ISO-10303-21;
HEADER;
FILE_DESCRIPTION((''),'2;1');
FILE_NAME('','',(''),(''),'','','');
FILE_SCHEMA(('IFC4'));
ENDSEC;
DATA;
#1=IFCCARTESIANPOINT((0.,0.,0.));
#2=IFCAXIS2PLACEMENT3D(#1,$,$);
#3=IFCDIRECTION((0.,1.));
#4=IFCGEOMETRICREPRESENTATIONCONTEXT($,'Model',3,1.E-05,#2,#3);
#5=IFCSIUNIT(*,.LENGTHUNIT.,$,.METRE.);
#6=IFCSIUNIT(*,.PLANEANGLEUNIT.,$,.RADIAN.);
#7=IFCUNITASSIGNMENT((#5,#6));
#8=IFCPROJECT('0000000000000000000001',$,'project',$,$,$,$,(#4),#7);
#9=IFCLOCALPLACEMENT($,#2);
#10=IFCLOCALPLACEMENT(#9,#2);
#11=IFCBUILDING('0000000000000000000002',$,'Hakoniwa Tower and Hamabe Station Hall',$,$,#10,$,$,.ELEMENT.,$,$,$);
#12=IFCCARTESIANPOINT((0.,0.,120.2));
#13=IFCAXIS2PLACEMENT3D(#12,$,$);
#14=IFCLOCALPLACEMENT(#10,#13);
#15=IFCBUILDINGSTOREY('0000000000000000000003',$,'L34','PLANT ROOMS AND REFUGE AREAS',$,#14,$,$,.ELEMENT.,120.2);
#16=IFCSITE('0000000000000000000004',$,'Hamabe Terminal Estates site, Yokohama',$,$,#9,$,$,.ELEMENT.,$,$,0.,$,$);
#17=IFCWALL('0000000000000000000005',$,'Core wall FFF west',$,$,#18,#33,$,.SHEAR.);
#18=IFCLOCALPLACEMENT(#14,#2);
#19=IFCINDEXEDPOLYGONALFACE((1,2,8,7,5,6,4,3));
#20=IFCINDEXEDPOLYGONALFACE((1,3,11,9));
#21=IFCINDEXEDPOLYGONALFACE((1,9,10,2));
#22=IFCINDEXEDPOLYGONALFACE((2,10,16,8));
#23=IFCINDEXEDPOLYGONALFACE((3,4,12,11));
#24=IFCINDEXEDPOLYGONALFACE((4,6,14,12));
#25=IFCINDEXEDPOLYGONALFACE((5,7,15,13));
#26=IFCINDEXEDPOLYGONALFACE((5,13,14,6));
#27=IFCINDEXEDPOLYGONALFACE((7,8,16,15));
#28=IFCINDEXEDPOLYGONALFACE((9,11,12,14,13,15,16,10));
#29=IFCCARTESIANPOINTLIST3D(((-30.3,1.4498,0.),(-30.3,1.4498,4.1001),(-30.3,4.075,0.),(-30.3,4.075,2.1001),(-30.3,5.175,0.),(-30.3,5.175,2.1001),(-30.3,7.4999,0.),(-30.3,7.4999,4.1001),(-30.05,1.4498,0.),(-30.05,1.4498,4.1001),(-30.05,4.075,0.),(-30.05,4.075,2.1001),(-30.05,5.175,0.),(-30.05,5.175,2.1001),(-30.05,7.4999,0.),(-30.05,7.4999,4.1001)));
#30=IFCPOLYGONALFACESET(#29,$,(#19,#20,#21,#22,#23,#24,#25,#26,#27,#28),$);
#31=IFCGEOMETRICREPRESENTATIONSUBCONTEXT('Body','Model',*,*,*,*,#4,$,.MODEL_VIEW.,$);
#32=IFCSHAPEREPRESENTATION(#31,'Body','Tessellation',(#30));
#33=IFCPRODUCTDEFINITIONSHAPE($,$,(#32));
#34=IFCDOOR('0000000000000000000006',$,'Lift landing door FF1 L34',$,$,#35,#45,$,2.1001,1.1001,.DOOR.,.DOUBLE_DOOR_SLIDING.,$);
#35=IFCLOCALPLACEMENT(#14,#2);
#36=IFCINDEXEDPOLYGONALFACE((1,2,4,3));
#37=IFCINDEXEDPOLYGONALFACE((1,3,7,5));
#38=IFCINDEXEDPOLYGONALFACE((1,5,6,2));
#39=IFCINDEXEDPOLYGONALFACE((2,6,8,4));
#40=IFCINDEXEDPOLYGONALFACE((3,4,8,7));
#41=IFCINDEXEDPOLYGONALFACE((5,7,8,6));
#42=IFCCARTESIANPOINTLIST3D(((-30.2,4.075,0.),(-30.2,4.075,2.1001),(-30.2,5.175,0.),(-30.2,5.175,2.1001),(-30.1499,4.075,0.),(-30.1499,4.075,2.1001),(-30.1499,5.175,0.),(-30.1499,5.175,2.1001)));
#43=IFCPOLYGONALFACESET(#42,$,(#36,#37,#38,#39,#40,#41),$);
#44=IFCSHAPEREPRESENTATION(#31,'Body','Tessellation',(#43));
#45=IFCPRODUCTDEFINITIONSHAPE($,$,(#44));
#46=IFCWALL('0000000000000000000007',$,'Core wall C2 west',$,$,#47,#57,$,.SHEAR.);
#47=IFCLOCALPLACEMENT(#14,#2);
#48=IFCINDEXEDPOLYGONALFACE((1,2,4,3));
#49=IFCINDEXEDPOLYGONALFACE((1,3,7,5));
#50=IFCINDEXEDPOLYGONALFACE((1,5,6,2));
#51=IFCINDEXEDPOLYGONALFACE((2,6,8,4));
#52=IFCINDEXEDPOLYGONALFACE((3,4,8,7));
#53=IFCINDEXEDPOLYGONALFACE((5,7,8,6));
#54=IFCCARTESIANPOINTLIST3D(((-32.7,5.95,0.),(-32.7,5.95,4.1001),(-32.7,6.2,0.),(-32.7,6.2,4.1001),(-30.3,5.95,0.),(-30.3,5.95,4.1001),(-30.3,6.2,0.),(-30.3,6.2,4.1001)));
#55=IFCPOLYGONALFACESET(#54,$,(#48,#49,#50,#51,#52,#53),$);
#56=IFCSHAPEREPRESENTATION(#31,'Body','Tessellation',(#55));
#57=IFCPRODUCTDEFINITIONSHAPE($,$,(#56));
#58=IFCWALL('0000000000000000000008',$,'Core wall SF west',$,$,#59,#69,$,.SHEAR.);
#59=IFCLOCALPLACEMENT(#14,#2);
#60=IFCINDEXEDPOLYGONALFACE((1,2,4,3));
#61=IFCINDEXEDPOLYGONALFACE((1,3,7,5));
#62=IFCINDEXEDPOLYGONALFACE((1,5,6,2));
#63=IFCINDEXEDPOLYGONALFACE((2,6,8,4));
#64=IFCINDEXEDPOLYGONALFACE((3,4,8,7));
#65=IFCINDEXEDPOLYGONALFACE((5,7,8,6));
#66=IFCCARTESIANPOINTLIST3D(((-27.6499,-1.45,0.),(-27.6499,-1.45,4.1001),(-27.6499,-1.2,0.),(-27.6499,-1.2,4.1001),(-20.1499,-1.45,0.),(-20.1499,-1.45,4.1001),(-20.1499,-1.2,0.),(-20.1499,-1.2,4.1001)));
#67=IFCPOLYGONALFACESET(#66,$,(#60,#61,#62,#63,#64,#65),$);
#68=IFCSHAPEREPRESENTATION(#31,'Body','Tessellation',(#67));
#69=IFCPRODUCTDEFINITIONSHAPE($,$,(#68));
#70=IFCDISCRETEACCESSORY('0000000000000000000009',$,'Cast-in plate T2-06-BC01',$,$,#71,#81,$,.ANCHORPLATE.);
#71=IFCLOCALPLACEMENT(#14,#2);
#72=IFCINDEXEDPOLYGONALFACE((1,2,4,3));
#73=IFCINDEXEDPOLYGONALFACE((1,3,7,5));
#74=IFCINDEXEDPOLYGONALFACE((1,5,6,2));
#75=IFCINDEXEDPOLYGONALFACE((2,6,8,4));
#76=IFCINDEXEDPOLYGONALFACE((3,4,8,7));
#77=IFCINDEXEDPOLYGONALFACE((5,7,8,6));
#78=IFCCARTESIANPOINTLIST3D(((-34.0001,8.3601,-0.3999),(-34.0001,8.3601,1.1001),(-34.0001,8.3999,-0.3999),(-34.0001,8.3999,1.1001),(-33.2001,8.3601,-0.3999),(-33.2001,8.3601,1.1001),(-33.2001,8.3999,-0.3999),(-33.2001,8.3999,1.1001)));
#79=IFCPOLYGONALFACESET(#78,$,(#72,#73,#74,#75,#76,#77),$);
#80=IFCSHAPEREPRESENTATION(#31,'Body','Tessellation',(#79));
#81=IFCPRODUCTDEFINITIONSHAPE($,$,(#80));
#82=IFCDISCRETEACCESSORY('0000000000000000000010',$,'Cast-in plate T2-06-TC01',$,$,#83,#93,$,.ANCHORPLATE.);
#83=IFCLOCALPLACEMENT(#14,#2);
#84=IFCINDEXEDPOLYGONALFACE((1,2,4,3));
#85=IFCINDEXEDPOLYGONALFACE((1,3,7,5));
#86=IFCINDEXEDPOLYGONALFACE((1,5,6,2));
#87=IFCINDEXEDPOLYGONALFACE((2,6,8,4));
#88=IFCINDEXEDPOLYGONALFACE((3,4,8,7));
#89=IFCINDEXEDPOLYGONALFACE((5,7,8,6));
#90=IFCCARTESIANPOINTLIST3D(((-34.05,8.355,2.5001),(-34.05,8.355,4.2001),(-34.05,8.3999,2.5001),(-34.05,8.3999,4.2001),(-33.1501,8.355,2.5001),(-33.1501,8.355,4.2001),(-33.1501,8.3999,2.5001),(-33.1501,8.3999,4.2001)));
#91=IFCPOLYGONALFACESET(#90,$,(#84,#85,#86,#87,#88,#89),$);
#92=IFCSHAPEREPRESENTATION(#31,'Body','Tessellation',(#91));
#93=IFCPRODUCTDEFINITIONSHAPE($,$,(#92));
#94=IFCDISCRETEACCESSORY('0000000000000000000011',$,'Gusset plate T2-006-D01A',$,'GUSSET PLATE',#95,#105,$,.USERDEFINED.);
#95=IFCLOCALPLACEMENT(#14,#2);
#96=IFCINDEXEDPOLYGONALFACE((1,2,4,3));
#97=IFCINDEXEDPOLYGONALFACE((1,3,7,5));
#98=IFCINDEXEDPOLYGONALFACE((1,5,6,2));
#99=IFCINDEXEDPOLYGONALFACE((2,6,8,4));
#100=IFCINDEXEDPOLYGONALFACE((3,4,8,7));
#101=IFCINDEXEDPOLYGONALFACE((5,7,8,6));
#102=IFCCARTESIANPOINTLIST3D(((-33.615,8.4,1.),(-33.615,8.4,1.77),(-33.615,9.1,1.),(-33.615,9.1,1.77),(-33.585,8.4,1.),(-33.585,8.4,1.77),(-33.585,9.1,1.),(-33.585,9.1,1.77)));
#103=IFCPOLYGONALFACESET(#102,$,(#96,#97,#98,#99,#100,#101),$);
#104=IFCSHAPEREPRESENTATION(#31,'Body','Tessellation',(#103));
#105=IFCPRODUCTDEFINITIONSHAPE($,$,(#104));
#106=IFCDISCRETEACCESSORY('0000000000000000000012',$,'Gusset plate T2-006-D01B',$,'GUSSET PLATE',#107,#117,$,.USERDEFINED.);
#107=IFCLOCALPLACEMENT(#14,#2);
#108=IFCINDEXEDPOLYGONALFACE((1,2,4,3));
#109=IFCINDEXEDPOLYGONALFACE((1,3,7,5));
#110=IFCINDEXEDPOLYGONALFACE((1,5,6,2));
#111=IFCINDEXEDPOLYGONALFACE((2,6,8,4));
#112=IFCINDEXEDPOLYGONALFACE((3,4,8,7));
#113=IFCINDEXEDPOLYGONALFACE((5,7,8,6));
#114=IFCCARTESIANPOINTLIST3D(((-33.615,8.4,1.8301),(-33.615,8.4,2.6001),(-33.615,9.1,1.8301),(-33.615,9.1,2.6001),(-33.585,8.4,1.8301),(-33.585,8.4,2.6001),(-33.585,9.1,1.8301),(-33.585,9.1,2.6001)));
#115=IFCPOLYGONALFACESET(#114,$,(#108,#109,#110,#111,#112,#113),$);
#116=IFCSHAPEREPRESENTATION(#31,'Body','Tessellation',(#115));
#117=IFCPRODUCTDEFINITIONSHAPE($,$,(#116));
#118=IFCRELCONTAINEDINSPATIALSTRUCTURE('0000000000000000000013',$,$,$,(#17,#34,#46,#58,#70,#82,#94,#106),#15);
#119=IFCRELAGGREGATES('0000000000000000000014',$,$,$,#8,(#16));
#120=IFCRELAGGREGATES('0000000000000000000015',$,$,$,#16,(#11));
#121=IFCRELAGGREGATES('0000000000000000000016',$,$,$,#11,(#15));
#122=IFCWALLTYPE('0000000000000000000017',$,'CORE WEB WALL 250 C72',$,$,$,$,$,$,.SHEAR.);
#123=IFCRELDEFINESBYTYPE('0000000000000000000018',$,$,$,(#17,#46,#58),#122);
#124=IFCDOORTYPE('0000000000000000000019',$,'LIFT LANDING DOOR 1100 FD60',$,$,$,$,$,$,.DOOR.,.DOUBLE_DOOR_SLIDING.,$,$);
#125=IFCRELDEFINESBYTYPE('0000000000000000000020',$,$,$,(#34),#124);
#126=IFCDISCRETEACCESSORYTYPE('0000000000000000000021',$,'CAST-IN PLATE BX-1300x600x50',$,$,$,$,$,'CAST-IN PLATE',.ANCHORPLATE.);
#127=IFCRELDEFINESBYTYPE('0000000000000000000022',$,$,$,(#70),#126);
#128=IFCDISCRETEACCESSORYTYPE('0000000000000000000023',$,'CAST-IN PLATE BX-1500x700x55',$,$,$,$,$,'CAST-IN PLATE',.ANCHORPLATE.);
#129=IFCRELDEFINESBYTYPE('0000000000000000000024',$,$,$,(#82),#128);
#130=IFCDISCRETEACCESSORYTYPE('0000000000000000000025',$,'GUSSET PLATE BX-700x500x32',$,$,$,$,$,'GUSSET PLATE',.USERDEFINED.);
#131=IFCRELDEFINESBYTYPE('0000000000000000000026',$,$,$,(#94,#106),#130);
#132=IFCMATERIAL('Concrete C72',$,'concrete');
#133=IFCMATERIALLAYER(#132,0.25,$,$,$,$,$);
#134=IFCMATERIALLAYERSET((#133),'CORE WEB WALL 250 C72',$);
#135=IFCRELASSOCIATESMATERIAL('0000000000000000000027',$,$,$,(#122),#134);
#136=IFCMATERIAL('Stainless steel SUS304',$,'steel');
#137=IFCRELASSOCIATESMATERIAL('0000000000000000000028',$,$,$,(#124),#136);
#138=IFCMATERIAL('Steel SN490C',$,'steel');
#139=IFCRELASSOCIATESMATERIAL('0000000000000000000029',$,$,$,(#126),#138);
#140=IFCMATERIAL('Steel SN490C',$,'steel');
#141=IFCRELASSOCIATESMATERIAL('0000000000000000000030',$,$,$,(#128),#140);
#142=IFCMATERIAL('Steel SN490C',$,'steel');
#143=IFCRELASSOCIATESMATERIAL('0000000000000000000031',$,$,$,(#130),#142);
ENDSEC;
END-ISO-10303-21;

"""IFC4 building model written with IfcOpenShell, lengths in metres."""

from ifc_helpers import new_model, si_unit, direction, frame, frame_2d, origin, origin_2d, place, context, subcontext, project, spatial, rectangle, extrude, material, layer, layer_set, material_profile, profile_set, type_object, element, fill, save


model = new_model("IFC4")

# Units and contexts
model_context = context("Model", 3, precision=1e-05, world=origin(), true_north=direction((0.0, 1.0)))
body_context = subcontext(model_context, "Body", "Model", "MODEL_VIEW")
ifc_project = project(units=[si_unit("LENGTHUNIT", "METRE"), si_unit("PLANEANGLEUNIT", "RADIAN")], contexts=[model_context])

# Site, building, storey
site_placement = place(None, origin())
site = spatial("IfcSite", under=ifc_project, at=site_placement, Name="Hamabe Terminal Estates site, Yokohama", CompositionType="ELEMENT", RefElevation=0.0)
building_placement = place(site_placement, origin())
building = spatial("IfcBuilding", under=site, at=building_placement, Name="Hakoniwa Tower and Hamabe Station Hall", CompositionType="ELEMENT")
storey_placement = place(building_placement, frame((0.0, 0.0, 120.2)))
storey = spatial("IfcBuildingStorey", under=building, at=storey_placement, Name="L34", Description="PLANT ROOMS AND REFUGE AREAS", CompositionType="ELEMENT", Elevation=120.2)

# Shared definitions
ifc_material_1 = material(Name="Concrete C72", Category="concrete")
ifc_layer_1 = layer(ifc_material_1, 0.25)
ifc_layer_set_1 = layer_set([ifc_layer_1], Name="CORE WEB WALL 250 C72")
wall_type_1 = type_object("IfcWallType", Name="CORE WEB WALL 250 C72", PredefinedType="SHEAR", material=ifc_layer_set_1)
ifc_material_2 = material(Name="Stainless steel SUS304", Category="steel")
door_type_1 = type_object("IfcDoorType", Name="LIFT LANDING DOOR 1100 FD60", OperationType="DOUBLE_DOOR_SLIDING", PredefinedType="DOOR", material=ifc_material_2)

# Wall, opening, door
wall_1_placement = place(storey_placement, frame((-30.175, 1.45, 0.0), z_axis=(0.0, 0.0, 1.0), x_axis=(0.0, 1.0, 0.0)))
wall_1 = element("IfcWall", 1, at=wall_1_placement, inside=storey, type_object=wall_type_1, Name="Core wall FFF west", PredefinedType="SHEAR", context=body_context, shape_type="SweptSolid", body=[
    extrude(rectangle(XDim=6.05, YDim=0.25, at=frame_2d((3.0249, 0.0))), origin(), (0.0, 0.0, 1.0), 4.1001),
])
opening_1_placement = place(wall_1_placement, frame((2.625, 0.0, 0.0)))
opening_1 = element("IfcOpeningElement", 2, at=opening_1_placement, cuts=wall_1, PredefinedType="OPENING", context=body_context, shape_type="SweptSolid", body=[
    extrude(rectangle(XDim=1.1001, YDim=2.1001, at=frame_2d((0.55, 1.05))), frame((0.0, 0.135, 0.0), z_axis=(0.0, -1.0, 0.0), x_axis=(1.0, 0.0, 0.0)), (0.0, 0.0, 1.0), 0.27),
])
door_1_placement = place(opening_1_placement, origin())
door_1 = element("IfcDoor", 3, at=door_1_placement, inside=storey, type_object=door_type_1, Name="Lift landing door FF1 L34", OperationType="DOUBLE_DOOR_SLIDING", OverallHeight=2.1001, OverallWidth=1.1001, PredefinedType="DOOR", context=body_context, shape_type="SweptSolid", body=[
    extrude(rectangle(XDim=1.1001, YDim=2.1001, at=frame_2d((0.55, 1.05))), frame((0.0, 0.0249, 0.0), z_axis=(0.0, -1.0, 0.0), x_axis=(1.0, 0.0, 0.0)), (0.0, 0.0, 1.0), 0.05),
])
fill(opening_1, door_1)

# Walls
wall_2_placement = place(storey_placement, frame((-32.7, 6.075, 0.0), z_axis=(0.0, 0.0, 1.0), x_axis=(1.0, 0.0, 0.0)))
element("IfcWall", 4, at=wall_2_placement, inside=storey, type_object=wall_type_1, Name="Core wall C2 west", PredefinedType="SHEAR", context=body_context, shape_type="SweptSolid", body=[
    extrude(rectangle(XDim=2.3999, YDim=0.25, at=frame_2d((1.2, 0.0))), origin(), (0.0, 0.0, 1.0), 4.1001),
])
wall_3_placement = place(storey_placement, frame((-27.6499, -1.325, 0.0), z_axis=(0.0, 0.0, 1.0), x_axis=(1.0, 0.0, 0.0)))
element("IfcWall", 5, at=wall_3_placement, inside=storey, type_object=wall_type_1, Name="Core wall SF west", PredefinedType="SHEAR", context=body_context, shape_type="SweptSolid", body=[
    extrude(rectangle(XDim=7.5, YDim=0.25, at=frame_2d((3.75, 0.0))), origin(), (0.0, 0.0, 1.0), 4.1001),
])

# Discrete accessories
ifc_material_3 = material(Name="Steel SN490C", Category="steel")
ifc_material_profile_1 = material_profile(ifc_material_3, rectangle(XDim=0.8, YDim=1.5, at=origin_2d()), Name="CAST-IN PLATE BX-1300x600x50")
ifc_profile_set_1 = profile_set([ifc_material_profile_1], Name="Steel SN490C")
discrete_accessory_type_1 = type_object("IfcDiscreteAccessoryType", Name="CAST-IN PLATE BX-1300x600x50", ElementType="CAST-IN PLATE", PredefinedType="ANCHORPLATE", material=ifc_profile_set_1)
discrete_accessory_1_placement = place(storey_placement, frame((-33.6001, 8.3601, 0.3501), z_axis=(0.0, 1.0, 0.0), x_axis=(-1.0, 0.0, 0.0)))
element("IfcDiscreteAccessory", 6, at=discrete_accessory_1_placement, inside=storey, type_object=discrete_accessory_type_1, Name="Cast-in plate T2-06-BC01", PredefinedType="ANCHORPLATE", context=body_context, shape_type="SweptSolid", body=[
    extrude(rectangle(XDim=0.8, YDim=1.5, at=origin_2d()), origin(), (0.0, 0.0, 1.0), 0.0398),
])
ifc_material_4 = material(Name="Steel SN490C", Category="steel")
ifc_material_profile_2 = material_profile(ifc_material_4, rectangle(XDim=0.8999, YDim=1.7, at=origin_2d()), Name="CAST-IN PLATE BX-1500x700x55")
ifc_profile_set_2 = profile_set([ifc_material_profile_2], Name="Steel SN490C")
discrete_accessory_type_2 = type_object("IfcDiscreteAccessoryType", Name="CAST-IN PLATE BX-1500x700x55", ElementType="CAST-IN PLATE", PredefinedType="ANCHORPLATE", material=ifc_profile_set_2)
discrete_accessory_2_placement = place(storey_placement, frame((-33.6001, 8.355, 3.3501), z_axis=(0.0, 1.0, 0.0), x_axis=(-1.0, 0.0, 0.0)))
element("IfcDiscreteAccessory", 7, at=discrete_accessory_2_placement, inside=storey, type_object=discrete_accessory_type_2, Name="Cast-in plate T2-06-TC01", PredefinedType="ANCHORPLATE", context=body_context, shape_type="SweptSolid", body=[
    extrude(rectangle(XDim=0.8999, YDim=1.7, at=origin_2d()), origin(), (0.0, 0.0, 1.0), 0.0449),
])
ifc_material_5 = material(Name="Steel SN490C", Category="steel")
ifc_material_profile_3 = material_profile(ifc_material_5, rectangle(XDim=0.7, YDim=0.77, at=origin_2d()), Name="GUSSET PLATE BX-700x500x32")
ifc_profile_set_3 = profile_set([ifc_material_profile_3], Name="Steel SN490C")
discrete_accessory_type_3 = type_object("IfcDiscreteAccessoryType", Name="GUSSET PLATE BX-700x500x32", ElementType="GUSSET PLATE", PredefinedType="USERDEFINED", material=ifc_profile_set_3)
for number, where, z_axis, x_axis, name in (
    (8, (-33.585, 8.75, 1.385), (-1.0, 0.0, 0.0), (0.0, -1.0, 0.0), "Gusset plate T2-006-D01A"),
    (9, (-33.585, 8.75, 2.2151), (-1.0, 0.0, 0.0), (0.0, -1.0, 0.0), "Gusset plate T2-006-D01B"),
):
    element("IfcDiscreteAccessory", number, at=place(storey_placement, frame(where, z_axis=z_axis, x_axis=x_axis)), inside=storey, type_object=discrete_accessory_type_3, Name=name, ObjectType="GUSSET PLATE", PredefinedType="USERDEFINED", context=body_context, shape_type="SweptSolid", body=[
        extrude(rectangle(XDim=0.7, YDim=0.77, at=origin_2d()), origin(), (0.0, 0.0, 1.0), 0.03),
    ])

save(model, "model.ifc")
